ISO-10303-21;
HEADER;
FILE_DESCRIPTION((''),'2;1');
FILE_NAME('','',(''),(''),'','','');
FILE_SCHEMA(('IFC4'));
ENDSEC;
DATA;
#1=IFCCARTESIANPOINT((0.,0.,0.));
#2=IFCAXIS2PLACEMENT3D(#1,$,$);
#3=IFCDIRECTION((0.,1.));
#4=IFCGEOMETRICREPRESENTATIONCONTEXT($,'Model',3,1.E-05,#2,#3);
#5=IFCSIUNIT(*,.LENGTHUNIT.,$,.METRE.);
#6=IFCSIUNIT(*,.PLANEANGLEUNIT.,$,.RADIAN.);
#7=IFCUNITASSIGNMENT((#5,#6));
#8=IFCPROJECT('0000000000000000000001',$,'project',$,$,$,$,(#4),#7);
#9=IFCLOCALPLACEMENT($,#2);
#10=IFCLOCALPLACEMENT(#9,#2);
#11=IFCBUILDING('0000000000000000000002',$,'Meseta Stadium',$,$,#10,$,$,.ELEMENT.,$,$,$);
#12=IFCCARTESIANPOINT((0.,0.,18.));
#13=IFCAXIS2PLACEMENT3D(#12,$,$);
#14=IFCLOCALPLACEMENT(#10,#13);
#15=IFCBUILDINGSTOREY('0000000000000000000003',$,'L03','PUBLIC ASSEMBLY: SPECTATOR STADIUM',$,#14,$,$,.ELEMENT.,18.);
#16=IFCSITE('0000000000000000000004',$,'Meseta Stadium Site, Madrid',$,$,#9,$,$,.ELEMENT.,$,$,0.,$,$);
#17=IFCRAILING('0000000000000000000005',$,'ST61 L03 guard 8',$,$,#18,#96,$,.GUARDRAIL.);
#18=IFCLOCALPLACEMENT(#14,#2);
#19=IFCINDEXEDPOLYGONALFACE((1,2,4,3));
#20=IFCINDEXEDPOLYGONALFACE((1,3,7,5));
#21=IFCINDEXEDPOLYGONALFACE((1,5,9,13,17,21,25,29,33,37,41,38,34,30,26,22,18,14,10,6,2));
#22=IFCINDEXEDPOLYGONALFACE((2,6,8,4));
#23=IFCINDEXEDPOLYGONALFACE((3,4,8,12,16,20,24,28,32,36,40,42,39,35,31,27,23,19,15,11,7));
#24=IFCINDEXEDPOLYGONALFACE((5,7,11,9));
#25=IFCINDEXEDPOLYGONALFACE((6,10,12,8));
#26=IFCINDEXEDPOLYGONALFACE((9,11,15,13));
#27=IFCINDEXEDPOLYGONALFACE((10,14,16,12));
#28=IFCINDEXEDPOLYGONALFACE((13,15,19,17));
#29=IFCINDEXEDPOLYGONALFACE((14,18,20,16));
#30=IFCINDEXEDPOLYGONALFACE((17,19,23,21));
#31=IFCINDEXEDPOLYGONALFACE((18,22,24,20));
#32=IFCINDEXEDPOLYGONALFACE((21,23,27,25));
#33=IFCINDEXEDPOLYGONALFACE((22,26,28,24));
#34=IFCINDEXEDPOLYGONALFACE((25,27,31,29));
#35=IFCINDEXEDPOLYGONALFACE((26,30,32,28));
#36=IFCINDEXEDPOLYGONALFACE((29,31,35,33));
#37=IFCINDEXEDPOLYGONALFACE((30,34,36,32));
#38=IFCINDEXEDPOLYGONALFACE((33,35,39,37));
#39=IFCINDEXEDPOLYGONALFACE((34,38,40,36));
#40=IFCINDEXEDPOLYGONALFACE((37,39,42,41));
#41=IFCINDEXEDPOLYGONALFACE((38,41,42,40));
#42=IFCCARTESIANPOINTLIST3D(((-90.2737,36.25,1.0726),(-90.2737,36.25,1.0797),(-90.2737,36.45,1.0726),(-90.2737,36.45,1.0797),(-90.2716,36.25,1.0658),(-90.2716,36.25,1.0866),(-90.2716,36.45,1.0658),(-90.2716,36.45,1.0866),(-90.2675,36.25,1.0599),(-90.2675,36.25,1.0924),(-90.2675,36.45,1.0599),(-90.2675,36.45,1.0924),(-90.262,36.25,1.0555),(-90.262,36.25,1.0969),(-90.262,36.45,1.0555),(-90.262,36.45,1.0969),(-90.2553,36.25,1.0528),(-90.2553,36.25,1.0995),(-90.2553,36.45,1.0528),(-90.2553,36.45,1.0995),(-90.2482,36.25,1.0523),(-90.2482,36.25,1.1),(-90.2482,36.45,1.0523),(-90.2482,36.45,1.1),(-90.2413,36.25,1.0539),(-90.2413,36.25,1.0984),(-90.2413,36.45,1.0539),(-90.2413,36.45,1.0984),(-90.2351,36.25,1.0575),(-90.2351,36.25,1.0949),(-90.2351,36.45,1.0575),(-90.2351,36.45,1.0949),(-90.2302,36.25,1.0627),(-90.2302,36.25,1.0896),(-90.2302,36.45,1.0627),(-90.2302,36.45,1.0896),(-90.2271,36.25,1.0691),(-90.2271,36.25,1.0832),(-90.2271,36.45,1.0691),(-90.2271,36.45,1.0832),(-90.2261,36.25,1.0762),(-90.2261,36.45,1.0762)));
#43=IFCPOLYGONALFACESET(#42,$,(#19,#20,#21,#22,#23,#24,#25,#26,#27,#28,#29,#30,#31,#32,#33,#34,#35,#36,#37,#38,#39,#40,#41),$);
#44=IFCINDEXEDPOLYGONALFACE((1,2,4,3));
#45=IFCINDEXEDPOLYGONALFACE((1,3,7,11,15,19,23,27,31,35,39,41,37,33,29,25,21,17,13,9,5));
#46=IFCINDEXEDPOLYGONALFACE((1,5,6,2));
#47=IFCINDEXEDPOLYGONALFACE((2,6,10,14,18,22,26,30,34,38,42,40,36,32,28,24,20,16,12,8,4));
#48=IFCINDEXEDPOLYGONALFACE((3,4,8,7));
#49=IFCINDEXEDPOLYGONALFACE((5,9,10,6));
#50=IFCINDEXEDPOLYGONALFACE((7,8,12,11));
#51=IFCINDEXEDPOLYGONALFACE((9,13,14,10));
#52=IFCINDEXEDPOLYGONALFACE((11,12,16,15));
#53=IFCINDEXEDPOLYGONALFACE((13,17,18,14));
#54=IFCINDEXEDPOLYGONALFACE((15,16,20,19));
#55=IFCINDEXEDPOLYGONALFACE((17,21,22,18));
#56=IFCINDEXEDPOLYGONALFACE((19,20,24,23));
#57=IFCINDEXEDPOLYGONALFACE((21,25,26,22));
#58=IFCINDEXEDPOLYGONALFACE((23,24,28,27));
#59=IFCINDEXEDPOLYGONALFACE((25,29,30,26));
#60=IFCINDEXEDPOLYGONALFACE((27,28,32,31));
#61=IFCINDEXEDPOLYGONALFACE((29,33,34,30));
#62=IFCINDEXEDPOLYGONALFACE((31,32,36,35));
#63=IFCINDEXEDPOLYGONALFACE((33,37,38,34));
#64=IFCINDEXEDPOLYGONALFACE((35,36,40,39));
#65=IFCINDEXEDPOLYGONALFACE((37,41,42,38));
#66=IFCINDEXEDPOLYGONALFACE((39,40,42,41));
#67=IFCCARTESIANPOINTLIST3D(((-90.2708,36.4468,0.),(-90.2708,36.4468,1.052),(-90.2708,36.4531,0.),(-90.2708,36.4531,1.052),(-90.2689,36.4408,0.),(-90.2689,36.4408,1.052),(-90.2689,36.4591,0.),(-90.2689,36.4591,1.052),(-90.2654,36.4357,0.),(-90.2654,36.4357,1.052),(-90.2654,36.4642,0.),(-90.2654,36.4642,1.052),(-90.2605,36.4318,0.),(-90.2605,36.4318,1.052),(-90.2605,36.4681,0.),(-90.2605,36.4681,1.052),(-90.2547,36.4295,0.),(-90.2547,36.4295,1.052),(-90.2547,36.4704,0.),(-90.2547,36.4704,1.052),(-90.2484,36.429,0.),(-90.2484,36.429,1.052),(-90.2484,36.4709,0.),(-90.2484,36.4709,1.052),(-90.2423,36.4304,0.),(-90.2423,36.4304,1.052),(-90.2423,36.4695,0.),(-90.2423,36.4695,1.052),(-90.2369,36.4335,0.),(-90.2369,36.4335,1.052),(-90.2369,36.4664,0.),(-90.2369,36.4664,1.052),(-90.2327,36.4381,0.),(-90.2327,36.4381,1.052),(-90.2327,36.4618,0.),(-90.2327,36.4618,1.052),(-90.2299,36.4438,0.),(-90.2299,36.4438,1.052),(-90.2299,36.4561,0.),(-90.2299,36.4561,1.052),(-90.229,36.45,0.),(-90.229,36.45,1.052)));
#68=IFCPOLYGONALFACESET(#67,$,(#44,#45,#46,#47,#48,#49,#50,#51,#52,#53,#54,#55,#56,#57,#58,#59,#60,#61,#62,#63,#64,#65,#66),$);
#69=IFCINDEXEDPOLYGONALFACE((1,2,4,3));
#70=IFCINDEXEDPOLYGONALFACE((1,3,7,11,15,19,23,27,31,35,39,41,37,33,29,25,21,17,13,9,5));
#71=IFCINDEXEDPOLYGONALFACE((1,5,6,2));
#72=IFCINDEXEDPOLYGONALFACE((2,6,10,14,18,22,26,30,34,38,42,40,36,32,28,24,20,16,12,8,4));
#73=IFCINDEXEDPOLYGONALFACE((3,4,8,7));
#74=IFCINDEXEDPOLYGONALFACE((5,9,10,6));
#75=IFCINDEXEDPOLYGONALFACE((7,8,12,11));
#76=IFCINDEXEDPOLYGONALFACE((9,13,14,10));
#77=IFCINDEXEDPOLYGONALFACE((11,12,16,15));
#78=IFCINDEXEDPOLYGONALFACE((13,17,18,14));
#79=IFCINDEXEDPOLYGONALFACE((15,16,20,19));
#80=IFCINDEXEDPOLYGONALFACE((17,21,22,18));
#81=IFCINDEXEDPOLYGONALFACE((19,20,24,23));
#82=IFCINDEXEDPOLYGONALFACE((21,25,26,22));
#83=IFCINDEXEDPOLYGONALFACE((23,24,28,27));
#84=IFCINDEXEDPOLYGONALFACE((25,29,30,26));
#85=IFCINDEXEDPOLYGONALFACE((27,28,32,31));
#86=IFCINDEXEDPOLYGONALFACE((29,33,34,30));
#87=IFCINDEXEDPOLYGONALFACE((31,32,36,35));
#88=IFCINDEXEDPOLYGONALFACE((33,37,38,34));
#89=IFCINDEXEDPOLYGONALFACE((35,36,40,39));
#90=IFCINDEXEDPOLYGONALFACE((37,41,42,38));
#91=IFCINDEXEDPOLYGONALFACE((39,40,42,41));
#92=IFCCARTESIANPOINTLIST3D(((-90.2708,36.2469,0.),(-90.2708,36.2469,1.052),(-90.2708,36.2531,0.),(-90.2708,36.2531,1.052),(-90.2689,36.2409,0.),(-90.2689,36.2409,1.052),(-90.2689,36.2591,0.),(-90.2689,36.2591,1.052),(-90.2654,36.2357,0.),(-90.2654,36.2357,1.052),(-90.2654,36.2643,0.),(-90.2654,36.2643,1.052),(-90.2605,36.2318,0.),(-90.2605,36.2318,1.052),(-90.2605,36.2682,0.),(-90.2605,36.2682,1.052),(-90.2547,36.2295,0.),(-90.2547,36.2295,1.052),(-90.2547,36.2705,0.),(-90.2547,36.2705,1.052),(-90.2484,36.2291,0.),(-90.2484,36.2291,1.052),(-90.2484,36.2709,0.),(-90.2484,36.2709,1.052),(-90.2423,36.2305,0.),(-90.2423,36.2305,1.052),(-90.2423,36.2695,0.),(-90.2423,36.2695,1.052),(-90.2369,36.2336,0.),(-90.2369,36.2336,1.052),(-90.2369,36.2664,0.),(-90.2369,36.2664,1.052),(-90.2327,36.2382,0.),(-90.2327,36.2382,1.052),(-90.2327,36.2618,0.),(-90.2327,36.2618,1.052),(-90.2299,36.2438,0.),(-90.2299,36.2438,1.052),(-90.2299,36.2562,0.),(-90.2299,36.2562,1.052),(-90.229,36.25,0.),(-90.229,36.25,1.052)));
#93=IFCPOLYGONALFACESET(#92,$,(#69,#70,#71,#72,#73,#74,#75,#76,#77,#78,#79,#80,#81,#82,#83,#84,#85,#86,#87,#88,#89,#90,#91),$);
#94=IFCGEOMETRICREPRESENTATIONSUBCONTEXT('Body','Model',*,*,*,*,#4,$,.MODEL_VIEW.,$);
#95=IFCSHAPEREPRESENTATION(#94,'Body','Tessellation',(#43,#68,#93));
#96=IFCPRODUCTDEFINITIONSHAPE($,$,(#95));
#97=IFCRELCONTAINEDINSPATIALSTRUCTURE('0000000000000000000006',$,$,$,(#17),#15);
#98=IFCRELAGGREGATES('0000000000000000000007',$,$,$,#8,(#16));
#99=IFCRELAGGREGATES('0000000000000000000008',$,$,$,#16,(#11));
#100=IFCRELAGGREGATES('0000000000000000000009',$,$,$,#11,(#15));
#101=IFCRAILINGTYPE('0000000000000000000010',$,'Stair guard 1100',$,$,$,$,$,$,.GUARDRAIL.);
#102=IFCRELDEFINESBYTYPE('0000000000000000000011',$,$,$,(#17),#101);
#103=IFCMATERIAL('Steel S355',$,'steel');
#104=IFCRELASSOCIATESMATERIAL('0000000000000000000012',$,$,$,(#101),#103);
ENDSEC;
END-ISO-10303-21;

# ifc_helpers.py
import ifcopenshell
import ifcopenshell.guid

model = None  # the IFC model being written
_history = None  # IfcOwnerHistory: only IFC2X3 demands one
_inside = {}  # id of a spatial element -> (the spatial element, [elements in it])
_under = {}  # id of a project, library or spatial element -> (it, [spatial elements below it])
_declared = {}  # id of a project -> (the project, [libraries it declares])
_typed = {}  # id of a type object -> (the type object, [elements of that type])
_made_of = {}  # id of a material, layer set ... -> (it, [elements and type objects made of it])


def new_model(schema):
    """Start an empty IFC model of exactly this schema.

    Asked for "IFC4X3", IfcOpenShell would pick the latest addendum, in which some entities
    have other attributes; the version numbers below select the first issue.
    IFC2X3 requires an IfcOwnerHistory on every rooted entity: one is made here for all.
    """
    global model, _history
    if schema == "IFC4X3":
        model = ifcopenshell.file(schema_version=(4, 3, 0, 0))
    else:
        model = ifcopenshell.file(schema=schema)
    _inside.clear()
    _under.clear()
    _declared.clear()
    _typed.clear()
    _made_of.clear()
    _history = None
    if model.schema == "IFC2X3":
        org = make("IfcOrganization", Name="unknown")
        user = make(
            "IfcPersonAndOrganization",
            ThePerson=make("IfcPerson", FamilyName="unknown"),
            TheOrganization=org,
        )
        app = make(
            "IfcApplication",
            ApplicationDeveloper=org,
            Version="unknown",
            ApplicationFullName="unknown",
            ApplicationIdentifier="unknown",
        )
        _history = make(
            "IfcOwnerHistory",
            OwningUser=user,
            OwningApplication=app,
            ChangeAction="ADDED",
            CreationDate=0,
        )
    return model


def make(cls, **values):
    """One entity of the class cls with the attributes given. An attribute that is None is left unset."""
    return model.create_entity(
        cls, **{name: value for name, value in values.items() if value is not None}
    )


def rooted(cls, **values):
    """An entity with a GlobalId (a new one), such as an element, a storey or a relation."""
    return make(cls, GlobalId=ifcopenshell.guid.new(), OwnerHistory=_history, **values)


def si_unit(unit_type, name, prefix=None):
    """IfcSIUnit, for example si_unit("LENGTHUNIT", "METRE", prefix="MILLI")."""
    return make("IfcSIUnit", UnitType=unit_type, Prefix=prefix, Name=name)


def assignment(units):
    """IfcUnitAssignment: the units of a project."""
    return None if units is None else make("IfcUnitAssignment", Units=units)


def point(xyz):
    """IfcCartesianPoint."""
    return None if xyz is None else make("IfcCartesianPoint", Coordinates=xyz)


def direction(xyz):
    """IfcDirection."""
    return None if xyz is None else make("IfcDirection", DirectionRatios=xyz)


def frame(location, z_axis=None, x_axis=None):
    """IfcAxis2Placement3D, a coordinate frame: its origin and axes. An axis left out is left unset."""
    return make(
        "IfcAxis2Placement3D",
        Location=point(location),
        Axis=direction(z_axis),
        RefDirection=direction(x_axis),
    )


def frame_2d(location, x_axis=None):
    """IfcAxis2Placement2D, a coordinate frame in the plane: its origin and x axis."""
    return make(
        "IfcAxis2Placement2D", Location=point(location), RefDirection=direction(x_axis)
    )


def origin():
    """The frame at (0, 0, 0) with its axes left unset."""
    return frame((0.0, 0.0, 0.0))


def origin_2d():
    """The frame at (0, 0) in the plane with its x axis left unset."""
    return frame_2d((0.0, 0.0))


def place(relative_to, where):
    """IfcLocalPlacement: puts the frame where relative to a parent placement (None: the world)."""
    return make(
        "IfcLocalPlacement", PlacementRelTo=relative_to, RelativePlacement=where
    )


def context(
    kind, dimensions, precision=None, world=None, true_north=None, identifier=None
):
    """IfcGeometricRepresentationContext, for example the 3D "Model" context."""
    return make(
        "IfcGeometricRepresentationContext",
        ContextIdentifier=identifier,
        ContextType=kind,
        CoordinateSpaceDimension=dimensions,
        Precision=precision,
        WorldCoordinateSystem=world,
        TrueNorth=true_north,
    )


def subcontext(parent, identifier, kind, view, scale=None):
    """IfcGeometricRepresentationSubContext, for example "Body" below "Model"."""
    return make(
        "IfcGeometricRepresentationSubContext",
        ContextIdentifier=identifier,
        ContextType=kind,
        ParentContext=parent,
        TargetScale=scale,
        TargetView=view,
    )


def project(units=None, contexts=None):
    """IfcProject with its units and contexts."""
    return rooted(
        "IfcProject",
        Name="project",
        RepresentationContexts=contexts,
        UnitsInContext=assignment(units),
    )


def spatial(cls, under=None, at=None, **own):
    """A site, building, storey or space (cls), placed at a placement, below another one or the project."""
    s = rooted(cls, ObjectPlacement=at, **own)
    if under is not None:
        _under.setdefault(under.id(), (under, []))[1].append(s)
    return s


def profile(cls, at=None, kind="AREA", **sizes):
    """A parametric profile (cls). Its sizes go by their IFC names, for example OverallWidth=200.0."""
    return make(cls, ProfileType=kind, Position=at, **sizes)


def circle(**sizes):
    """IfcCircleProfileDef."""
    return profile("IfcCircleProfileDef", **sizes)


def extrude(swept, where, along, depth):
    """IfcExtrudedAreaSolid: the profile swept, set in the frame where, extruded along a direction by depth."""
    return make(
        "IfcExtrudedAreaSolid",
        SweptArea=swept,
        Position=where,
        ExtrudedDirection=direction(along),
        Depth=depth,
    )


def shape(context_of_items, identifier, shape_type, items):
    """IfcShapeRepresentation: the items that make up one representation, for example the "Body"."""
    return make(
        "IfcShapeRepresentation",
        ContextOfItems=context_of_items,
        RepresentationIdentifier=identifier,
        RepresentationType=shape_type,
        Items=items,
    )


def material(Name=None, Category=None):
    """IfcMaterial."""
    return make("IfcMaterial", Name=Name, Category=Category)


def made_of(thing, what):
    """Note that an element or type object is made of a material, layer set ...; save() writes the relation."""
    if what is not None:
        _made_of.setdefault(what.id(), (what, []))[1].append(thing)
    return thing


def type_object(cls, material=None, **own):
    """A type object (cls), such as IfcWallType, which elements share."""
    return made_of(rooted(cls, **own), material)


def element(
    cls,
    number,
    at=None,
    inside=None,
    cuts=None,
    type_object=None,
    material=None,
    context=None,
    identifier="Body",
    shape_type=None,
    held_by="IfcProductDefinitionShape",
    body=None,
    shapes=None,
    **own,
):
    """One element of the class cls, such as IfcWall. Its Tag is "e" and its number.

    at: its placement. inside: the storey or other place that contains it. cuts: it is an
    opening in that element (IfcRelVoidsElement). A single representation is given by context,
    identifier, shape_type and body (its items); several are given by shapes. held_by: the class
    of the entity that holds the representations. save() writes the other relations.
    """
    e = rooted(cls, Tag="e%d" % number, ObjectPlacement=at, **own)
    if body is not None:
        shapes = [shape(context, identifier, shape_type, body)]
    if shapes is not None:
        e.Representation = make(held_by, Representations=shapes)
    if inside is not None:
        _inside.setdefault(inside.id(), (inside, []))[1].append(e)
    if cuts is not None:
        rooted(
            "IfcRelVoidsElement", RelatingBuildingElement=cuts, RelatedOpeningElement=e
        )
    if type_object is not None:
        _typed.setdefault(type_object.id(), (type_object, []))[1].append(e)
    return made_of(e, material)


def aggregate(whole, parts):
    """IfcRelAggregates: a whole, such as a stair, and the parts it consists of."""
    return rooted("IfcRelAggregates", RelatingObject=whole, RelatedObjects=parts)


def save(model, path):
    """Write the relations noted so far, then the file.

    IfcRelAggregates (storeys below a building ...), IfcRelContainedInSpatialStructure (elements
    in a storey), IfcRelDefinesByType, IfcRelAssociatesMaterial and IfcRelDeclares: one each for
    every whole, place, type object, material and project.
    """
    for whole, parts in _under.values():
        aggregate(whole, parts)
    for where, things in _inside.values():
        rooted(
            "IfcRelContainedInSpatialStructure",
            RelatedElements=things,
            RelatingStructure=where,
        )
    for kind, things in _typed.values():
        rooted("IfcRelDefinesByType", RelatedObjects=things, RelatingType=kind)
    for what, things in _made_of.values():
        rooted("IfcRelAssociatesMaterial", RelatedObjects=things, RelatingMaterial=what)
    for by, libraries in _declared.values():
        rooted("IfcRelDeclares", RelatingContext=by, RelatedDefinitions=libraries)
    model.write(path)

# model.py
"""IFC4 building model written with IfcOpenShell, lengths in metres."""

from ifc_helpers import new_model, si_unit, direction, frame, origin, origin_2d, place, context, subcontext, project, spatial, circle, extrude, material, type_object, element, save


model = new_model("IFC4")

# Units and contexts
model_context = context("Model", 3, precision=1e-05, world=origin(), true_north=direction((0.0, 1.0)))
body_context = subcontext(model_context, "Body", "Model", "MODEL_VIEW")
ifc_project = project(units=[si_unit("LENGTHUNIT", "METRE"), si_unit("PLANEANGLEUNIT", "RADIAN")], contexts=[model_context])

# Site, building, storey
site_placement = place(None, origin())
site = spatial("IfcSite", under=ifc_project, at=site_placement, Name="Meseta Stadium Site, Madrid", CompositionType="ELEMENT", RefElevation=0.0)
building_placement = place(site_placement, origin())
building = spatial("IfcBuilding", under=site, at=building_placement, Name="Meseta Stadium", CompositionType="ELEMENT")
storey_placement = place(building_placement, frame((0.0, 0.0, 18.0)))
storey = spatial("IfcBuildingStorey", under=building, at=storey_placement, Name="L03", Description="PUBLIC ASSEMBLY: SPECTATOR STADIUM", CompositionType="ELEMENT", Elevation=18.0)

# Railing
ifc_material_1 = material(Name="Steel S355", Category="steel")
railing_type_1 = type_object("IfcRailingType", Name="Stair guard 1100", PredefinedType="GUARDRAIL", material=ifc_material_1)
railing_1_placement = place(storey_placement, frame((-90.25, 36.45, 0.0)))
element("IfcRailing", 1, at=railing_1_placement, inside=storey, type_object=railing_type_1, Name="ST61 L03 guard 8", PredefinedType="GUARDRAIL", context=body_context, shape_type="SweptSolid", body=[
    extrude(circle(Radius=0.0239, at=origin_2d()), frame((0.0, 0.0, 1.0762), z_axis=(0.0, -1.0, 0.0), x_axis=(1.0, 0.0, 0.0)), (0.0, 0.0, 1.0), 0.2),
    extrude(circle(Radius=0.021, at=origin_2d()), origin(), (0.0, 0.0, 1.0), 1.052),
    extrude(circle(Radius=0.021, at=origin_2d()), frame((0.0, -0.2, 0.0)), (0.0, 0.0, 1.0), 1.052),
])

save(model, "model.ifc")
